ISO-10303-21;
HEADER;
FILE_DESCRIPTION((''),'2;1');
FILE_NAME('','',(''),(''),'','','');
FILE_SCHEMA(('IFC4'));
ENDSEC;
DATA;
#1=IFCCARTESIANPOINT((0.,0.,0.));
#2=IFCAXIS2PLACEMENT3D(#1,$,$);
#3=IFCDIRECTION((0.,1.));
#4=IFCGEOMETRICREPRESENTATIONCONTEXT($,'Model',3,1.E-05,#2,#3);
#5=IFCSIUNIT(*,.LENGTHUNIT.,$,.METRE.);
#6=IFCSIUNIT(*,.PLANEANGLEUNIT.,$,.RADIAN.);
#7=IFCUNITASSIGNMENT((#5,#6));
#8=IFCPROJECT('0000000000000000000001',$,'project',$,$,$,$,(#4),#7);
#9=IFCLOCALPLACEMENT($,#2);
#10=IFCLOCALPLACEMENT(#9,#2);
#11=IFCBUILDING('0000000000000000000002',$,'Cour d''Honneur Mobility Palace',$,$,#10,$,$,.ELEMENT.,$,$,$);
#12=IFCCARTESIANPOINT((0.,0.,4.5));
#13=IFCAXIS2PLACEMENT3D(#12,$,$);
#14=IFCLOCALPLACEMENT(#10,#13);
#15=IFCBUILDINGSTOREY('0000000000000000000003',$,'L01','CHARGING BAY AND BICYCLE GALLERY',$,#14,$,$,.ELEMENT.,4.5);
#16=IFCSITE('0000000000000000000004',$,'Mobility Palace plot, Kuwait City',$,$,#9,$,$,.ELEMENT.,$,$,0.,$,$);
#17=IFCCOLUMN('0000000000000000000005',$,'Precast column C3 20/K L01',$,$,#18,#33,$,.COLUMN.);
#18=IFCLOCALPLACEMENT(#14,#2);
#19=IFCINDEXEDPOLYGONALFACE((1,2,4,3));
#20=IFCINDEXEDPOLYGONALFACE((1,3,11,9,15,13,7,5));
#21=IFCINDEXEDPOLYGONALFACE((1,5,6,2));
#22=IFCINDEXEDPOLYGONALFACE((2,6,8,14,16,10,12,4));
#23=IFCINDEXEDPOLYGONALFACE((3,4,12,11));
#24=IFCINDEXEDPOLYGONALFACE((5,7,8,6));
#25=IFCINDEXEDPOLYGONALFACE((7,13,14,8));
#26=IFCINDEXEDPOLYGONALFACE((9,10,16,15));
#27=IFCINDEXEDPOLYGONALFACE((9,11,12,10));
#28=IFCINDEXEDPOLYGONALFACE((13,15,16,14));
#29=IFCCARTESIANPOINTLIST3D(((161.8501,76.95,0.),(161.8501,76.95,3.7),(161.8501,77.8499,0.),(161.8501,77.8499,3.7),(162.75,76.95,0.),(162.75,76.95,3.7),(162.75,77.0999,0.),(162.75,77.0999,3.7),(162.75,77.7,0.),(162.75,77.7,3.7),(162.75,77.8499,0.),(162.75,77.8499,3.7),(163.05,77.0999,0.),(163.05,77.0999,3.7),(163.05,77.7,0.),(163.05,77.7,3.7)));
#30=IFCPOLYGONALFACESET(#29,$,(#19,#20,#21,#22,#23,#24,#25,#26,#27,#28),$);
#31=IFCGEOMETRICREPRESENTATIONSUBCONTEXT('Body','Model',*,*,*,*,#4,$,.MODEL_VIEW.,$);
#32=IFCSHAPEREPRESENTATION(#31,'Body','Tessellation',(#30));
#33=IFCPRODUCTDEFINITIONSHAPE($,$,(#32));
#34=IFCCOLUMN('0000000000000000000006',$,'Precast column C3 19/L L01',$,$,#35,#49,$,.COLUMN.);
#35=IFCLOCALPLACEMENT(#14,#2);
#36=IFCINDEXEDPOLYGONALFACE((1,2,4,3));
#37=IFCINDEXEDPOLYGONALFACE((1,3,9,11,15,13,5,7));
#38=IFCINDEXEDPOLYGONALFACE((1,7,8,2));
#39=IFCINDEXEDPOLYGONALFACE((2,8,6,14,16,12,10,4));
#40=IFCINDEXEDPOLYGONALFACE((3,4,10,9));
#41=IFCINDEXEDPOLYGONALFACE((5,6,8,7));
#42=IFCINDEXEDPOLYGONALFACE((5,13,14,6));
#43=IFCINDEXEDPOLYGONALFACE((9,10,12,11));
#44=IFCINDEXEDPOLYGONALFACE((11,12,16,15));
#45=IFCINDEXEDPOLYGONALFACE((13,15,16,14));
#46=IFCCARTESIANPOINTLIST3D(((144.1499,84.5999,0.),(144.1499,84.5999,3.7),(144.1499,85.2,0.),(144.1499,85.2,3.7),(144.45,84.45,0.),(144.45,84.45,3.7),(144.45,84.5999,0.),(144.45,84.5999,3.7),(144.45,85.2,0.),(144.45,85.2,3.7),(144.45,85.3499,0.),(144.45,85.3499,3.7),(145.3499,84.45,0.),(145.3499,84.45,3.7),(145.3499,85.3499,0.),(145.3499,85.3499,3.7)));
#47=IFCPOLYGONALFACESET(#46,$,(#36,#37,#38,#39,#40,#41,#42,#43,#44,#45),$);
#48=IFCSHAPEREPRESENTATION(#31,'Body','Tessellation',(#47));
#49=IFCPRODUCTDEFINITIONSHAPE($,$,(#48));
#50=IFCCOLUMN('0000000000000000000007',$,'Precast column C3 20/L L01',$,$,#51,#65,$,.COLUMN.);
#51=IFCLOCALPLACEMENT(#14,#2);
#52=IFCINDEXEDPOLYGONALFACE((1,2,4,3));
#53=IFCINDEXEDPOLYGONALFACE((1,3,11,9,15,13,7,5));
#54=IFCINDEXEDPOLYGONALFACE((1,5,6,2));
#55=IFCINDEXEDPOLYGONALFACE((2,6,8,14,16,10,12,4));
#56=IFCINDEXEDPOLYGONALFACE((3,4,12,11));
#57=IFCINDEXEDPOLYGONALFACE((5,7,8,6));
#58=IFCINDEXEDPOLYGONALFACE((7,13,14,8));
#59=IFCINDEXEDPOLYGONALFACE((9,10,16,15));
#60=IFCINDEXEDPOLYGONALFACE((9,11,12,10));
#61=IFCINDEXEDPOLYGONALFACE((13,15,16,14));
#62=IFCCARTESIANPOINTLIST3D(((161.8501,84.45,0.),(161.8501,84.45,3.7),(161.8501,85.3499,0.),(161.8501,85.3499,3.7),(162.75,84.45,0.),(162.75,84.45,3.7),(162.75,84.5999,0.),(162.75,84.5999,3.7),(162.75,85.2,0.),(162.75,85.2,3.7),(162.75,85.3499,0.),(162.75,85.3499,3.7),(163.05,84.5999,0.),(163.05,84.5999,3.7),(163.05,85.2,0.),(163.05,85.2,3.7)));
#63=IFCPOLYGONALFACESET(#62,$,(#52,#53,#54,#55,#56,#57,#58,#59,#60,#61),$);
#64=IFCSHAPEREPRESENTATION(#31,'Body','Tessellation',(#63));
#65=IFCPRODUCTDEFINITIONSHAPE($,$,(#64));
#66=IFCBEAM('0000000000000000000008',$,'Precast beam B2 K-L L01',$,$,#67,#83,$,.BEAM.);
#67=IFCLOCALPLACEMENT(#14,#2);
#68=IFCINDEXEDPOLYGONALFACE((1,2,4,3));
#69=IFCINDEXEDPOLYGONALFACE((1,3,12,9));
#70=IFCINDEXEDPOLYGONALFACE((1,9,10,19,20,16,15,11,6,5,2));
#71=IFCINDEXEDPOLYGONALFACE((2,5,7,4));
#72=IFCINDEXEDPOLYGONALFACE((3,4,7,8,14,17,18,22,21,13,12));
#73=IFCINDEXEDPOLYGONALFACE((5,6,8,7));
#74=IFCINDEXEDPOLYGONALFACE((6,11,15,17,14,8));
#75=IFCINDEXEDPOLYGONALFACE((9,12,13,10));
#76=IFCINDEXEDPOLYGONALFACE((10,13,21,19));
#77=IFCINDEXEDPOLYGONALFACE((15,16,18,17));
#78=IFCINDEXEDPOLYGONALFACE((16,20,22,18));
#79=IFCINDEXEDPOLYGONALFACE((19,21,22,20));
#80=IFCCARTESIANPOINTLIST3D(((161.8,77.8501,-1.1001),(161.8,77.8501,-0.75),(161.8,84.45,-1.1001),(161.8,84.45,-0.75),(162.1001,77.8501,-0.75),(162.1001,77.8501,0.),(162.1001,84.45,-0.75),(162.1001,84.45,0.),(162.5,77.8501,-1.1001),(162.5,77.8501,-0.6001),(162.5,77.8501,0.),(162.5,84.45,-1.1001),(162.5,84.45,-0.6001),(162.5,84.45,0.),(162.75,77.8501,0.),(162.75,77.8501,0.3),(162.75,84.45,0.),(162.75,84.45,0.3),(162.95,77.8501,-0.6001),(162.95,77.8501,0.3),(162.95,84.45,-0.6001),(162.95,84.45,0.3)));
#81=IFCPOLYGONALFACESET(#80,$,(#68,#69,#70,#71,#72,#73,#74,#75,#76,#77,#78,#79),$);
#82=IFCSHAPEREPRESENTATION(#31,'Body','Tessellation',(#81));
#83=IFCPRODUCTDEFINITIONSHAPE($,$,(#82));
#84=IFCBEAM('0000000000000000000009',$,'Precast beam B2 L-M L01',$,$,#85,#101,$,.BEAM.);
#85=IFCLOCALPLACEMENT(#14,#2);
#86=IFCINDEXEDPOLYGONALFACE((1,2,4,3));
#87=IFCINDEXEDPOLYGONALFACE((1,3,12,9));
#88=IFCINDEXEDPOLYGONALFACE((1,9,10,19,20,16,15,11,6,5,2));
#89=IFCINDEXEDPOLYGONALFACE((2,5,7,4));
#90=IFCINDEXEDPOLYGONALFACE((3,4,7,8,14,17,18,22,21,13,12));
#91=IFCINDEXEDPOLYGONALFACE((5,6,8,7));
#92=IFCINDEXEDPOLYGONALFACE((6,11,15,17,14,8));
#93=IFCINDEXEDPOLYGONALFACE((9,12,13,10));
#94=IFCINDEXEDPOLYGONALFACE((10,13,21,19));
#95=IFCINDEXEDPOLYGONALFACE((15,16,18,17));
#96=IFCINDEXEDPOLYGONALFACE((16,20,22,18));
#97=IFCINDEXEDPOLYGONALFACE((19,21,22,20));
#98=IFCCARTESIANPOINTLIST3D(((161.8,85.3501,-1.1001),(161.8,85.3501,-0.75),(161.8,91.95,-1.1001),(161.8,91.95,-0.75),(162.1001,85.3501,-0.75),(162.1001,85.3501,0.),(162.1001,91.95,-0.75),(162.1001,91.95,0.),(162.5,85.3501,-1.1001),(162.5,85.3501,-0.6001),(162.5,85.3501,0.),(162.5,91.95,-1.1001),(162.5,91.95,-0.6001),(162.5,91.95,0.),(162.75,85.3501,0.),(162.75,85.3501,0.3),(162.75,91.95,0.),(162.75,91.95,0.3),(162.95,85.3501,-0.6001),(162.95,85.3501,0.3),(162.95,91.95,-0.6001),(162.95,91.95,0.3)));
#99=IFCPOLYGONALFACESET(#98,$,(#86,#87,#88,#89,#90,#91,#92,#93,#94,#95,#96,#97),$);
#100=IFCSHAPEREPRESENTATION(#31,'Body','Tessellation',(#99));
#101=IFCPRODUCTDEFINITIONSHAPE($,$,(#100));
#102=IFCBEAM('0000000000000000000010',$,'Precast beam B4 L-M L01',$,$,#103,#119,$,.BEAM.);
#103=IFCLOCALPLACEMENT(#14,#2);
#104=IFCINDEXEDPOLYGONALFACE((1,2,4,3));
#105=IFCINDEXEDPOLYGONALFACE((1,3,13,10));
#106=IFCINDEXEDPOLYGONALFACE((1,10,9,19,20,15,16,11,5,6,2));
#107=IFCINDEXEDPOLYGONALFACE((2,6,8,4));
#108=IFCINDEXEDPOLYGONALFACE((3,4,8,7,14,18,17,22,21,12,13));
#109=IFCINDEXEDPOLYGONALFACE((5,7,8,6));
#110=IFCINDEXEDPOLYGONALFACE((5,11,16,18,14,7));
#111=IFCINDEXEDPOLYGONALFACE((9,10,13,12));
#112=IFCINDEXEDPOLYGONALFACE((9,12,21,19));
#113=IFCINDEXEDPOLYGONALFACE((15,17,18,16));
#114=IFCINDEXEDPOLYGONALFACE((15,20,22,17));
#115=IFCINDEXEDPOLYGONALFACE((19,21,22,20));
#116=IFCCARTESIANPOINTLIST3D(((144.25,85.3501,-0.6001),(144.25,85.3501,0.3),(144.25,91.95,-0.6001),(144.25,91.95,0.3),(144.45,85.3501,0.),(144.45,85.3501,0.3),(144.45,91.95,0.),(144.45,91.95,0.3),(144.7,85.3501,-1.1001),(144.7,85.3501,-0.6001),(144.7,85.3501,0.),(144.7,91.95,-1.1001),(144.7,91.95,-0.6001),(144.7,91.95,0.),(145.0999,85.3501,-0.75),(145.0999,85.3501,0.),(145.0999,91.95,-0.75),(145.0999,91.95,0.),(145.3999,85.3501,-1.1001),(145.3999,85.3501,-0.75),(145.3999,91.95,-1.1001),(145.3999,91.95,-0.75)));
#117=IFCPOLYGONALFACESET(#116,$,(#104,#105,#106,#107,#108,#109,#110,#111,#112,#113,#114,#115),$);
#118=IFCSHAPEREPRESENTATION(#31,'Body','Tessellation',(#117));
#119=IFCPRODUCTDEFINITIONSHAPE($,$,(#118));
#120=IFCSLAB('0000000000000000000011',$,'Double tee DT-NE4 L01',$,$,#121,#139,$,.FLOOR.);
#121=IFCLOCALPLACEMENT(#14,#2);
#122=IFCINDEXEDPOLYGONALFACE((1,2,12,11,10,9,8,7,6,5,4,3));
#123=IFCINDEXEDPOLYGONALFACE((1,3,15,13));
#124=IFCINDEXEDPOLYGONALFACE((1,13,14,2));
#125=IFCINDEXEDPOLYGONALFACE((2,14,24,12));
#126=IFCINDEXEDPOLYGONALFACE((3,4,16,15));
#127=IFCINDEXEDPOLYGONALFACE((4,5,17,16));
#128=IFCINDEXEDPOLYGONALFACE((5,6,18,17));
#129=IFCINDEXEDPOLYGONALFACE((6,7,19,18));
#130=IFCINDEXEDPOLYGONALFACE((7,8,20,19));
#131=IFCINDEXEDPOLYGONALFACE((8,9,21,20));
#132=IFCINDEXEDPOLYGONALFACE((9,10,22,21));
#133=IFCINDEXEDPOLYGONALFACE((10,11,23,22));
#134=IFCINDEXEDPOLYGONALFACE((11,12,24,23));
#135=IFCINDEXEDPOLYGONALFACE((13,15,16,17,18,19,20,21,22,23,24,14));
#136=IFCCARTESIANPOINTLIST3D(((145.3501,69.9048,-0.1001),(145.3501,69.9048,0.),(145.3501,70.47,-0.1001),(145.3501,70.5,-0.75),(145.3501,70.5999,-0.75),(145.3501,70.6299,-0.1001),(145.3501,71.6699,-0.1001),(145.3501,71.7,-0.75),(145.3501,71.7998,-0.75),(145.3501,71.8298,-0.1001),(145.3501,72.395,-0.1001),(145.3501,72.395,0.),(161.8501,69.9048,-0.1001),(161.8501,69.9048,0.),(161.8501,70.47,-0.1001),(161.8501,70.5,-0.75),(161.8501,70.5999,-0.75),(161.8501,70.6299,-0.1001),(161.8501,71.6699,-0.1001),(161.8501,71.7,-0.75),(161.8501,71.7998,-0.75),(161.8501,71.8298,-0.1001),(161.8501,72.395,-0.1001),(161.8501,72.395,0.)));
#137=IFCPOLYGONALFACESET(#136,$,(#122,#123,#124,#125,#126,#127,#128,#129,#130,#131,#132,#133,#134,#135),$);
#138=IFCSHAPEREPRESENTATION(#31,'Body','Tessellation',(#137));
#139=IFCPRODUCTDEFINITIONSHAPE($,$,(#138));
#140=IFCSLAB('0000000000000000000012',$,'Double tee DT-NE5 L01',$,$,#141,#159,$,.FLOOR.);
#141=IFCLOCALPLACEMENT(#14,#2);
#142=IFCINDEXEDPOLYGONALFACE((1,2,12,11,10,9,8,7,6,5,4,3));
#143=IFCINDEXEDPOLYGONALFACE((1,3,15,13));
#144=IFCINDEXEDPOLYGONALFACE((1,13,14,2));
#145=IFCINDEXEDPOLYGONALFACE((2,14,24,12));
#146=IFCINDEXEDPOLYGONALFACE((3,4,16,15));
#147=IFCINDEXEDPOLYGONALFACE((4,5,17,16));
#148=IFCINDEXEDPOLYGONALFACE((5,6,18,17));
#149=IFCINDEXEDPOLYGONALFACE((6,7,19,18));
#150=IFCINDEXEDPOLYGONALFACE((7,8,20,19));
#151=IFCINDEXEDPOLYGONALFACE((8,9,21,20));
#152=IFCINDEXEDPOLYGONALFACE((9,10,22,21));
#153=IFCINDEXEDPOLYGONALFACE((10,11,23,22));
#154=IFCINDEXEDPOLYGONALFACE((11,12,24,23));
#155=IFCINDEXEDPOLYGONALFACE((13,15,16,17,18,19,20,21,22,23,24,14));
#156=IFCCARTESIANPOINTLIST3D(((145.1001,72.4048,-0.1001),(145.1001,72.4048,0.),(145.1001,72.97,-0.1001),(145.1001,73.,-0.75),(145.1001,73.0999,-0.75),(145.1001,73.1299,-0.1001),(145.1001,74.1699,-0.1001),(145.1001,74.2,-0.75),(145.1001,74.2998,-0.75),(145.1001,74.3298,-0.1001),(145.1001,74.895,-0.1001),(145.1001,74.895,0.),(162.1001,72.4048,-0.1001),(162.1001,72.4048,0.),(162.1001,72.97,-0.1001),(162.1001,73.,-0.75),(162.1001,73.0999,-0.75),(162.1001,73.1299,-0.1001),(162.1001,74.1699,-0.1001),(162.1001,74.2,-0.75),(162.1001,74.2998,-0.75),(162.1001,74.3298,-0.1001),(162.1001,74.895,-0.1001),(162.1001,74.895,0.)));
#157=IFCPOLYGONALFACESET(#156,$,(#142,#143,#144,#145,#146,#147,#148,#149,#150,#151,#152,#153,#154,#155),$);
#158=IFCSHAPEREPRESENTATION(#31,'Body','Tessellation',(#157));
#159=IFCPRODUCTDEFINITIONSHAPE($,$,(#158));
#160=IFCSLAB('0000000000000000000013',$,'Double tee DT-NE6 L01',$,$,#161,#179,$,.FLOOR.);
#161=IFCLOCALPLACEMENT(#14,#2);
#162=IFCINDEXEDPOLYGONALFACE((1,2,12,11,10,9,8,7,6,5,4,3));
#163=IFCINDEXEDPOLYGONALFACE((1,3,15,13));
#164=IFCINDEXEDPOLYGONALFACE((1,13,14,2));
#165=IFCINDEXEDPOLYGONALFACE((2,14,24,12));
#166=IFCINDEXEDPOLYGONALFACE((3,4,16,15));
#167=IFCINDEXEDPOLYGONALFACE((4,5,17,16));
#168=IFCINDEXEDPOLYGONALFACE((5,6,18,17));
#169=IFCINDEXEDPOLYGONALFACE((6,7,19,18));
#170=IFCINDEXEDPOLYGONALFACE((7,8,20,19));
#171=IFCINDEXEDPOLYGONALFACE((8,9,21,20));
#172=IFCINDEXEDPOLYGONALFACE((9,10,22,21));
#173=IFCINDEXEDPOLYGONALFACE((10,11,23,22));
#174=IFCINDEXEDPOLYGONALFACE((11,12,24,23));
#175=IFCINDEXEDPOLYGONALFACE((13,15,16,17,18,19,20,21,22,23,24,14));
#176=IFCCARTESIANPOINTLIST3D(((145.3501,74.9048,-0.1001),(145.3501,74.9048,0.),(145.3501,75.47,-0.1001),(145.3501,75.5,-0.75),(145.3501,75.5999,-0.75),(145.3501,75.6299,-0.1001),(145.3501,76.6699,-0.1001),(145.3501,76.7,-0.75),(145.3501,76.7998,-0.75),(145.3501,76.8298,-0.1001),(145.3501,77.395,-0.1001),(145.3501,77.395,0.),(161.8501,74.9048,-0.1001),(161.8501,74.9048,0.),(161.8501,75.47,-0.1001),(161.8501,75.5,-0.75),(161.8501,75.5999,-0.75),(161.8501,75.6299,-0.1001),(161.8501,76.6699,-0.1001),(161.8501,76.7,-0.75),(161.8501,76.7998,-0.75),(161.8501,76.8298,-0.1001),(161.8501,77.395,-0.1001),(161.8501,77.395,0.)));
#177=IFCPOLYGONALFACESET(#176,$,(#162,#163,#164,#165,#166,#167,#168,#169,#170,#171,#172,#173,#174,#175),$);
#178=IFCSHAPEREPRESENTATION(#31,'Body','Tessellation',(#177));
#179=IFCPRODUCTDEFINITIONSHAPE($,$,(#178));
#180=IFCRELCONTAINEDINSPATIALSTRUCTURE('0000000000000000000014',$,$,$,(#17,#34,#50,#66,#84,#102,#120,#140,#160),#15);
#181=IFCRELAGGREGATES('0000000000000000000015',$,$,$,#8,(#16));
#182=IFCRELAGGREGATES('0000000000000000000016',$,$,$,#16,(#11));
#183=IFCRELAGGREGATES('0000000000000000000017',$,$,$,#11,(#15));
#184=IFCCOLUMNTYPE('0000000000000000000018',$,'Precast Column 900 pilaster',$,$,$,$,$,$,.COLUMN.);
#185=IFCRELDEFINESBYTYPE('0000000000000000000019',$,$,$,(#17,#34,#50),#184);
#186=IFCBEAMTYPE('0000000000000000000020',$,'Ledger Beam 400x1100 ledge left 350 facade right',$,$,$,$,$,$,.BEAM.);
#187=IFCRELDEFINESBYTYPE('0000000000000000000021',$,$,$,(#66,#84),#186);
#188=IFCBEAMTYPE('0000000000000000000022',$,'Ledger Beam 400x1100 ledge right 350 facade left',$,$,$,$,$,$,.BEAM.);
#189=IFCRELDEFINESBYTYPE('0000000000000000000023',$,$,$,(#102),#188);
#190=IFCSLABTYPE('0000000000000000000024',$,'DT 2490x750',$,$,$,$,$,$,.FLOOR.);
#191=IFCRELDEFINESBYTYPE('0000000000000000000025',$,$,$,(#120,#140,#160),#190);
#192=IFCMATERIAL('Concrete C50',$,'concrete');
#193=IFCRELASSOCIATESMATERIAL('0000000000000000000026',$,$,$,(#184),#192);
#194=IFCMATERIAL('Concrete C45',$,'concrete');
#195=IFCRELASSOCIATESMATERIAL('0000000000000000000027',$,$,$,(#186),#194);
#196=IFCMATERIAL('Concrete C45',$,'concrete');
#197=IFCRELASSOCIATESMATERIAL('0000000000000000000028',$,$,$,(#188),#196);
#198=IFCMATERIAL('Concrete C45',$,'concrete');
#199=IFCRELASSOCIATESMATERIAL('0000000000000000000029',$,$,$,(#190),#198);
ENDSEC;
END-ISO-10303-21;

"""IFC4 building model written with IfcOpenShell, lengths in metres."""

from ifc_helpers import new_model, si_unit, direction, frame, origin, place, context, subcontext, project, spatial, polyline, outline, extrude, material, material_profile, profile_set, type_object, element, save


model = new_model("IFC4")

# Units and contexts
model_context = context("Model", 3, precision=1e-05, world=origin(), true_north=direction((0.0, 1.0)))
body_context = subcontext(model_context, "Body", "Model", "MODEL_VIEW")
ifc_project = project(units=[si_unit("LENGTHUNIT", "METRE"), si_unit("PLANEANGLEUNIT", "RADIAN")], contexts=[model_context])

# Site, building, storey
site_placement = place(None, origin())
site = spatial("IfcSite", under=ifc_project, at=site_placement, Name="Mobility Palace plot, Kuwait City", CompositionType="ELEMENT", RefElevation=0.0)
building_placement = place(site_placement, origin())
building = spatial("IfcBuilding", under=site, at=building_placement, Name="Cour d'Honneur Mobility Palace", CompositionType="ELEMENT")
storey_placement = place(building_placement, frame((0.0, 0.0, 4.5)))
storey = spatial("IfcBuildingStorey", under=building, at=storey_placement, Name="L01", Description="CHARGING BAY AND BICYCLE GALLERY", CompositionType="ELEMENT", Elevation=4.5)

# Columns
ifc_material_1 = material(Name="Concrete C50", Category="concrete")
ifc_material_profile_1 = material_profile(ifc_material_1, outline(polyline([(-0.45, -0.45), (0.45, -0.45), (0.45, -0.3), (0.75, -0.3), (0.75, 0.3), (0.45, 0.3), (0.45, 0.45), (-0.45, 0.45), (-0.45, -0.45)])), Name="PC C900 pilaster")
ifc_profile_set_1 = profile_set([ifc_material_profile_1], Name="Concrete C50")
column_type = type_object("IfcColumnType", Name="Precast Column 900 pilaster", PredefinedType="COLUMN", material=ifc_profile_set_1)
for number, where, z_axis, x_axis, name in (
    (1, (162.3, 77.3999, 0.0), (0.0, 0.0, 1.0), (1.0, 0.0, 0.0), "Precast column C3 20/K L01"),
    (2, (144.8999, 84.8999, 0.0), (0.0, 0.0, 1.0), (-1.0, 0.0, 0.0), "Precast column C3 19/L L01"),
    (3, (162.3, 84.8999, 0.0), (0.0, 0.0, 1.0), (1.0, 0.0, 0.0), "Precast column C3 20/L L01"),
):
    element("IfcColumn", number, at=place(storey_placement, frame(where, z_axis=z_axis, x_axis=x_axis)), inside=storey, type_object=column_type, Name=name, PredefinedType="COLUMN", context=body_context, shape_type="SweptSolid", body=[
        extrude(outline(polyline([(-0.45, -0.45), (0.45, -0.45), (0.45, -0.3), (0.75, -0.3), (0.75, 0.3), (0.45, 0.3), (0.45, 0.45), (-0.45, 0.45), (-0.45, -0.45)])), origin(), (0.0, 0.0, 1.0), 3.7),
    ])

# Beams
ifc_material_2 = material(Name="Concrete C45", Category="concrete")
ifc_material_profile_2 = material_profile(ifc_material_2, outline(polyline([(0.5, -1.1001), (0.5, -0.75), (0.2, -0.75), (0.2, 0.0), (-0.2, 0.0), (-0.45, 0.0), (-0.45, 0.3), (-0.6499, 0.3), (-0.6499, -0.6001), (-0.2, -0.6001), (-0.2, -1.1001), (0.5, -1.1001)])), Name="Ledger Beam 400x1100 ledge left 350 facade right")
ifc_profile_set_2 = profile_set([ifc_material_profile_2], Name="Concrete C45")
beam_type_1 = type_object("IfcBeamType", Name="Ledger Beam 400x1100 ledge left 350 facade right", PredefinedType="BEAM", material=ifc_profile_set_2)
for number, where, z_axis, x_axis, name in (
    (4, (162.3, 77.8501, 0.0), (0.0, 1.0, 0.0), (-1.0, 0.0, 0.0), "Precast beam B2 K-L L01"),
    (5, (162.3, 85.3501, 0.0), (0.0, 1.0, 0.0), (-1.0, 0.0, 0.0), "Precast beam B2 L-M L01"),
):
    element("IfcBeam", number, at=place(storey_placement, frame(where, z_axis=z_axis, x_axis=x_axis)), inside=storey, type_object=beam_type_1, Name=name, PredefinedType="BEAM", context=body_context, shape_type="SweptSolid", body=[
        extrude(outline(polyline([(0.5, -1.1001), (0.5, -0.75), (0.2, -0.75), (0.2, 0.0), (-0.2, 0.0), (-0.45, 0.0), (-0.45, 0.3), (-0.6499, 0.3), (-0.6499, -0.6001), (-0.2, -0.6001), (-0.2, -1.1001), (0.5, -1.1001)])), origin(), (0.0, 0.0, 1.0), 6.5999),
    ])
ifc_material_3 = material(Name="Concrete C45", Category="concrete")
ifc_material_profile_3 = material_profile(ifc_material_3, outline(polyline([(0.2, -1.1001), (0.2, -0.6001), (0.6499, -0.6001), (0.6499, 0.3), (0.45, 0.3), (0.45, 0.0), (0.2, 0.0), (-0.2, 0.0), (-0.2, -0.75), (-0.5, -0.75), (-0.5, -1.1001), (0.2, -1.1001)])), Name="Ledger Beam 400x1100 ledge right 350 facade left")
ifc_profile_set_3 = profile_set([ifc_material_profile_3], Name="Concrete C45")
beam_type_2 = type_object("IfcBeamType", Name="Ledger Beam 400x1100 ledge right 350 facade left", PredefinedType="BEAM", material=ifc_profile_set_3)
beam_placement = place(storey_placement, frame((144.8999, 85.3501, 0.0), z_axis=(0.0, 1.0, 0.0), x_axis=(-1.0, 0.0, 0.0)))
element("IfcBeam", 6, at=beam_placement, inside=storey, type_object=beam_type_2, Name="Precast beam B4 L-M L01", PredefinedType="BEAM", context=body_context, shape_type="SweptSolid", body=[
    extrude(outline(polyline([(0.2, -1.1001), (0.2, -0.6001), (0.6499, -0.6001), (0.6499, 0.3), (0.45, 0.3), (0.45, 0.0), (0.2, 0.0), (-0.2, 0.0), (-0.2, -0.75), (-0.5, -0.75), (-0.5, -1.1001), (0.2, -1.1001)])), origin(), (0.0, 0.0, 1.0), 6.5999),
])

# Slabs
ifc_material_4 = material(Name="Concrete C45", Category="concrete")
ifc_material_profile_4 = material_profile(ifc_material_4, outline(polyline([(-1.2451, 0.0), (1.2451, 0.0), (1.2451, -0.1001), (0.6799, -0.1001), (0.6499, -0.75), (0.55, -0.75), (0.52, -0.1001), (-0.52, -0.1001), (-0.55, -0.75), (-0.6499, -0.75), (-0.6799, -0.1001), (-1.2451, -0.1001), (-1.2451, 0.0)])), Name="DT 2490x750")
ifc_profile_set_4 = profile_set([ifc_material_profile_4], Name="Concrete C45")
slab_type = type_object("IfcSlabType", Name="DT 2490x750", PredefinedType="FLOOR", material=ifc_profile_set_4)
slab_1_placement = place(storey_placement, frame((145.3501, 71.1499, 0.0), z_axis=(1.0, 0.0, 0.0), x_axis=(0.0, 1.0, 0.0)))
element("IfcSlab", 7, at=slab_1_placement, inside=storey, type_object=slab_type, Name="Double tee DT-NE4 L01", PredefinedType="FLOOR", context=body_context, shape_type="SweptSolid", body=[
    extrude(outline(polyline([(-1.2451, 0.0), (1.2451, 0.0), (1.2451, -0.1001), (0.6799, -0.1001), (0.6499, -0.75), (0.55, -0.75), (0.52, -0.1001), (-0.52, -0.1001), (-0.55, -0.75), (-0.6499, -0.75), (-0.6799, -0.1001), (-1.2451, -0.1001), (-1.2451, 0.0)])), origin(), (0.0, 0.0, 1.0), 16.5),
])
slab_2_placement = place(storey_placement, frame((145.1001, 73.6499, 0.0), z_axis=(1.0, 0.0, 0.0), x_axis=(0.0, 1.0, 0.0)))
element("IfcSlab", 8, at=slab_2_placement, inside=storey, type_object=slab_type, Name="Double tee DT-NE5 L01", PredefinedType="FLOOR", context=body_context, shape_type="SweptSolid", body=[
    extrude(outline(polyline([(-1.2451, 0.0), (1.2451, 0.0), (1.2451, -0.1001), (0.6799, -0.1001), (0.6499, -0.75), (0.55, -0.75), (0.52, -0.1001), (-0.52, -0.1001), (-0.55, -0.75), (-0.6499, -0.75), (-0.6799, -0.1001), (-1.2451, -0.1001), (-1.2451, 0.0)])), origin(), (0.0, 0.0, 1.0), 17.0),
])
for number, where, z_axis, x_axis, name in (
    (9, (145.3501, 76.1499, 0.0), (1.0, 0.0, 0.0), (0.0, 1.0, 0.0), "Double tee DT-NE6 L01"),
):
    element("IfcSlab", number, at=place(storey_placement, frame(where, z_axis=z_axis, x_axis=x_axis)), inside=storey, type_object=slab_type, Name=name, PredefinedType="FLOOR", context=body_context, shape_type="SweptSolid", body=[
        extrude(outline(polyline([(-1.2451, 0.0), (1.2451, 0.0), (1.2451, -0.1001), (0.6799, -0.1001), (0.6499, -0.75), (0.55, -0.75), (0.52, -0.1001), (-0.52, -0.1001), (-0.55, -0.75), (-0.6499, -0.75), (-0.6799, -0.1001), (-1.2451, -0.1001), (-1.2451, 0.0)])), origin(), (0.0, 0.0, 1.0), 16.5),
    ])

save(model, "model.ifc")
